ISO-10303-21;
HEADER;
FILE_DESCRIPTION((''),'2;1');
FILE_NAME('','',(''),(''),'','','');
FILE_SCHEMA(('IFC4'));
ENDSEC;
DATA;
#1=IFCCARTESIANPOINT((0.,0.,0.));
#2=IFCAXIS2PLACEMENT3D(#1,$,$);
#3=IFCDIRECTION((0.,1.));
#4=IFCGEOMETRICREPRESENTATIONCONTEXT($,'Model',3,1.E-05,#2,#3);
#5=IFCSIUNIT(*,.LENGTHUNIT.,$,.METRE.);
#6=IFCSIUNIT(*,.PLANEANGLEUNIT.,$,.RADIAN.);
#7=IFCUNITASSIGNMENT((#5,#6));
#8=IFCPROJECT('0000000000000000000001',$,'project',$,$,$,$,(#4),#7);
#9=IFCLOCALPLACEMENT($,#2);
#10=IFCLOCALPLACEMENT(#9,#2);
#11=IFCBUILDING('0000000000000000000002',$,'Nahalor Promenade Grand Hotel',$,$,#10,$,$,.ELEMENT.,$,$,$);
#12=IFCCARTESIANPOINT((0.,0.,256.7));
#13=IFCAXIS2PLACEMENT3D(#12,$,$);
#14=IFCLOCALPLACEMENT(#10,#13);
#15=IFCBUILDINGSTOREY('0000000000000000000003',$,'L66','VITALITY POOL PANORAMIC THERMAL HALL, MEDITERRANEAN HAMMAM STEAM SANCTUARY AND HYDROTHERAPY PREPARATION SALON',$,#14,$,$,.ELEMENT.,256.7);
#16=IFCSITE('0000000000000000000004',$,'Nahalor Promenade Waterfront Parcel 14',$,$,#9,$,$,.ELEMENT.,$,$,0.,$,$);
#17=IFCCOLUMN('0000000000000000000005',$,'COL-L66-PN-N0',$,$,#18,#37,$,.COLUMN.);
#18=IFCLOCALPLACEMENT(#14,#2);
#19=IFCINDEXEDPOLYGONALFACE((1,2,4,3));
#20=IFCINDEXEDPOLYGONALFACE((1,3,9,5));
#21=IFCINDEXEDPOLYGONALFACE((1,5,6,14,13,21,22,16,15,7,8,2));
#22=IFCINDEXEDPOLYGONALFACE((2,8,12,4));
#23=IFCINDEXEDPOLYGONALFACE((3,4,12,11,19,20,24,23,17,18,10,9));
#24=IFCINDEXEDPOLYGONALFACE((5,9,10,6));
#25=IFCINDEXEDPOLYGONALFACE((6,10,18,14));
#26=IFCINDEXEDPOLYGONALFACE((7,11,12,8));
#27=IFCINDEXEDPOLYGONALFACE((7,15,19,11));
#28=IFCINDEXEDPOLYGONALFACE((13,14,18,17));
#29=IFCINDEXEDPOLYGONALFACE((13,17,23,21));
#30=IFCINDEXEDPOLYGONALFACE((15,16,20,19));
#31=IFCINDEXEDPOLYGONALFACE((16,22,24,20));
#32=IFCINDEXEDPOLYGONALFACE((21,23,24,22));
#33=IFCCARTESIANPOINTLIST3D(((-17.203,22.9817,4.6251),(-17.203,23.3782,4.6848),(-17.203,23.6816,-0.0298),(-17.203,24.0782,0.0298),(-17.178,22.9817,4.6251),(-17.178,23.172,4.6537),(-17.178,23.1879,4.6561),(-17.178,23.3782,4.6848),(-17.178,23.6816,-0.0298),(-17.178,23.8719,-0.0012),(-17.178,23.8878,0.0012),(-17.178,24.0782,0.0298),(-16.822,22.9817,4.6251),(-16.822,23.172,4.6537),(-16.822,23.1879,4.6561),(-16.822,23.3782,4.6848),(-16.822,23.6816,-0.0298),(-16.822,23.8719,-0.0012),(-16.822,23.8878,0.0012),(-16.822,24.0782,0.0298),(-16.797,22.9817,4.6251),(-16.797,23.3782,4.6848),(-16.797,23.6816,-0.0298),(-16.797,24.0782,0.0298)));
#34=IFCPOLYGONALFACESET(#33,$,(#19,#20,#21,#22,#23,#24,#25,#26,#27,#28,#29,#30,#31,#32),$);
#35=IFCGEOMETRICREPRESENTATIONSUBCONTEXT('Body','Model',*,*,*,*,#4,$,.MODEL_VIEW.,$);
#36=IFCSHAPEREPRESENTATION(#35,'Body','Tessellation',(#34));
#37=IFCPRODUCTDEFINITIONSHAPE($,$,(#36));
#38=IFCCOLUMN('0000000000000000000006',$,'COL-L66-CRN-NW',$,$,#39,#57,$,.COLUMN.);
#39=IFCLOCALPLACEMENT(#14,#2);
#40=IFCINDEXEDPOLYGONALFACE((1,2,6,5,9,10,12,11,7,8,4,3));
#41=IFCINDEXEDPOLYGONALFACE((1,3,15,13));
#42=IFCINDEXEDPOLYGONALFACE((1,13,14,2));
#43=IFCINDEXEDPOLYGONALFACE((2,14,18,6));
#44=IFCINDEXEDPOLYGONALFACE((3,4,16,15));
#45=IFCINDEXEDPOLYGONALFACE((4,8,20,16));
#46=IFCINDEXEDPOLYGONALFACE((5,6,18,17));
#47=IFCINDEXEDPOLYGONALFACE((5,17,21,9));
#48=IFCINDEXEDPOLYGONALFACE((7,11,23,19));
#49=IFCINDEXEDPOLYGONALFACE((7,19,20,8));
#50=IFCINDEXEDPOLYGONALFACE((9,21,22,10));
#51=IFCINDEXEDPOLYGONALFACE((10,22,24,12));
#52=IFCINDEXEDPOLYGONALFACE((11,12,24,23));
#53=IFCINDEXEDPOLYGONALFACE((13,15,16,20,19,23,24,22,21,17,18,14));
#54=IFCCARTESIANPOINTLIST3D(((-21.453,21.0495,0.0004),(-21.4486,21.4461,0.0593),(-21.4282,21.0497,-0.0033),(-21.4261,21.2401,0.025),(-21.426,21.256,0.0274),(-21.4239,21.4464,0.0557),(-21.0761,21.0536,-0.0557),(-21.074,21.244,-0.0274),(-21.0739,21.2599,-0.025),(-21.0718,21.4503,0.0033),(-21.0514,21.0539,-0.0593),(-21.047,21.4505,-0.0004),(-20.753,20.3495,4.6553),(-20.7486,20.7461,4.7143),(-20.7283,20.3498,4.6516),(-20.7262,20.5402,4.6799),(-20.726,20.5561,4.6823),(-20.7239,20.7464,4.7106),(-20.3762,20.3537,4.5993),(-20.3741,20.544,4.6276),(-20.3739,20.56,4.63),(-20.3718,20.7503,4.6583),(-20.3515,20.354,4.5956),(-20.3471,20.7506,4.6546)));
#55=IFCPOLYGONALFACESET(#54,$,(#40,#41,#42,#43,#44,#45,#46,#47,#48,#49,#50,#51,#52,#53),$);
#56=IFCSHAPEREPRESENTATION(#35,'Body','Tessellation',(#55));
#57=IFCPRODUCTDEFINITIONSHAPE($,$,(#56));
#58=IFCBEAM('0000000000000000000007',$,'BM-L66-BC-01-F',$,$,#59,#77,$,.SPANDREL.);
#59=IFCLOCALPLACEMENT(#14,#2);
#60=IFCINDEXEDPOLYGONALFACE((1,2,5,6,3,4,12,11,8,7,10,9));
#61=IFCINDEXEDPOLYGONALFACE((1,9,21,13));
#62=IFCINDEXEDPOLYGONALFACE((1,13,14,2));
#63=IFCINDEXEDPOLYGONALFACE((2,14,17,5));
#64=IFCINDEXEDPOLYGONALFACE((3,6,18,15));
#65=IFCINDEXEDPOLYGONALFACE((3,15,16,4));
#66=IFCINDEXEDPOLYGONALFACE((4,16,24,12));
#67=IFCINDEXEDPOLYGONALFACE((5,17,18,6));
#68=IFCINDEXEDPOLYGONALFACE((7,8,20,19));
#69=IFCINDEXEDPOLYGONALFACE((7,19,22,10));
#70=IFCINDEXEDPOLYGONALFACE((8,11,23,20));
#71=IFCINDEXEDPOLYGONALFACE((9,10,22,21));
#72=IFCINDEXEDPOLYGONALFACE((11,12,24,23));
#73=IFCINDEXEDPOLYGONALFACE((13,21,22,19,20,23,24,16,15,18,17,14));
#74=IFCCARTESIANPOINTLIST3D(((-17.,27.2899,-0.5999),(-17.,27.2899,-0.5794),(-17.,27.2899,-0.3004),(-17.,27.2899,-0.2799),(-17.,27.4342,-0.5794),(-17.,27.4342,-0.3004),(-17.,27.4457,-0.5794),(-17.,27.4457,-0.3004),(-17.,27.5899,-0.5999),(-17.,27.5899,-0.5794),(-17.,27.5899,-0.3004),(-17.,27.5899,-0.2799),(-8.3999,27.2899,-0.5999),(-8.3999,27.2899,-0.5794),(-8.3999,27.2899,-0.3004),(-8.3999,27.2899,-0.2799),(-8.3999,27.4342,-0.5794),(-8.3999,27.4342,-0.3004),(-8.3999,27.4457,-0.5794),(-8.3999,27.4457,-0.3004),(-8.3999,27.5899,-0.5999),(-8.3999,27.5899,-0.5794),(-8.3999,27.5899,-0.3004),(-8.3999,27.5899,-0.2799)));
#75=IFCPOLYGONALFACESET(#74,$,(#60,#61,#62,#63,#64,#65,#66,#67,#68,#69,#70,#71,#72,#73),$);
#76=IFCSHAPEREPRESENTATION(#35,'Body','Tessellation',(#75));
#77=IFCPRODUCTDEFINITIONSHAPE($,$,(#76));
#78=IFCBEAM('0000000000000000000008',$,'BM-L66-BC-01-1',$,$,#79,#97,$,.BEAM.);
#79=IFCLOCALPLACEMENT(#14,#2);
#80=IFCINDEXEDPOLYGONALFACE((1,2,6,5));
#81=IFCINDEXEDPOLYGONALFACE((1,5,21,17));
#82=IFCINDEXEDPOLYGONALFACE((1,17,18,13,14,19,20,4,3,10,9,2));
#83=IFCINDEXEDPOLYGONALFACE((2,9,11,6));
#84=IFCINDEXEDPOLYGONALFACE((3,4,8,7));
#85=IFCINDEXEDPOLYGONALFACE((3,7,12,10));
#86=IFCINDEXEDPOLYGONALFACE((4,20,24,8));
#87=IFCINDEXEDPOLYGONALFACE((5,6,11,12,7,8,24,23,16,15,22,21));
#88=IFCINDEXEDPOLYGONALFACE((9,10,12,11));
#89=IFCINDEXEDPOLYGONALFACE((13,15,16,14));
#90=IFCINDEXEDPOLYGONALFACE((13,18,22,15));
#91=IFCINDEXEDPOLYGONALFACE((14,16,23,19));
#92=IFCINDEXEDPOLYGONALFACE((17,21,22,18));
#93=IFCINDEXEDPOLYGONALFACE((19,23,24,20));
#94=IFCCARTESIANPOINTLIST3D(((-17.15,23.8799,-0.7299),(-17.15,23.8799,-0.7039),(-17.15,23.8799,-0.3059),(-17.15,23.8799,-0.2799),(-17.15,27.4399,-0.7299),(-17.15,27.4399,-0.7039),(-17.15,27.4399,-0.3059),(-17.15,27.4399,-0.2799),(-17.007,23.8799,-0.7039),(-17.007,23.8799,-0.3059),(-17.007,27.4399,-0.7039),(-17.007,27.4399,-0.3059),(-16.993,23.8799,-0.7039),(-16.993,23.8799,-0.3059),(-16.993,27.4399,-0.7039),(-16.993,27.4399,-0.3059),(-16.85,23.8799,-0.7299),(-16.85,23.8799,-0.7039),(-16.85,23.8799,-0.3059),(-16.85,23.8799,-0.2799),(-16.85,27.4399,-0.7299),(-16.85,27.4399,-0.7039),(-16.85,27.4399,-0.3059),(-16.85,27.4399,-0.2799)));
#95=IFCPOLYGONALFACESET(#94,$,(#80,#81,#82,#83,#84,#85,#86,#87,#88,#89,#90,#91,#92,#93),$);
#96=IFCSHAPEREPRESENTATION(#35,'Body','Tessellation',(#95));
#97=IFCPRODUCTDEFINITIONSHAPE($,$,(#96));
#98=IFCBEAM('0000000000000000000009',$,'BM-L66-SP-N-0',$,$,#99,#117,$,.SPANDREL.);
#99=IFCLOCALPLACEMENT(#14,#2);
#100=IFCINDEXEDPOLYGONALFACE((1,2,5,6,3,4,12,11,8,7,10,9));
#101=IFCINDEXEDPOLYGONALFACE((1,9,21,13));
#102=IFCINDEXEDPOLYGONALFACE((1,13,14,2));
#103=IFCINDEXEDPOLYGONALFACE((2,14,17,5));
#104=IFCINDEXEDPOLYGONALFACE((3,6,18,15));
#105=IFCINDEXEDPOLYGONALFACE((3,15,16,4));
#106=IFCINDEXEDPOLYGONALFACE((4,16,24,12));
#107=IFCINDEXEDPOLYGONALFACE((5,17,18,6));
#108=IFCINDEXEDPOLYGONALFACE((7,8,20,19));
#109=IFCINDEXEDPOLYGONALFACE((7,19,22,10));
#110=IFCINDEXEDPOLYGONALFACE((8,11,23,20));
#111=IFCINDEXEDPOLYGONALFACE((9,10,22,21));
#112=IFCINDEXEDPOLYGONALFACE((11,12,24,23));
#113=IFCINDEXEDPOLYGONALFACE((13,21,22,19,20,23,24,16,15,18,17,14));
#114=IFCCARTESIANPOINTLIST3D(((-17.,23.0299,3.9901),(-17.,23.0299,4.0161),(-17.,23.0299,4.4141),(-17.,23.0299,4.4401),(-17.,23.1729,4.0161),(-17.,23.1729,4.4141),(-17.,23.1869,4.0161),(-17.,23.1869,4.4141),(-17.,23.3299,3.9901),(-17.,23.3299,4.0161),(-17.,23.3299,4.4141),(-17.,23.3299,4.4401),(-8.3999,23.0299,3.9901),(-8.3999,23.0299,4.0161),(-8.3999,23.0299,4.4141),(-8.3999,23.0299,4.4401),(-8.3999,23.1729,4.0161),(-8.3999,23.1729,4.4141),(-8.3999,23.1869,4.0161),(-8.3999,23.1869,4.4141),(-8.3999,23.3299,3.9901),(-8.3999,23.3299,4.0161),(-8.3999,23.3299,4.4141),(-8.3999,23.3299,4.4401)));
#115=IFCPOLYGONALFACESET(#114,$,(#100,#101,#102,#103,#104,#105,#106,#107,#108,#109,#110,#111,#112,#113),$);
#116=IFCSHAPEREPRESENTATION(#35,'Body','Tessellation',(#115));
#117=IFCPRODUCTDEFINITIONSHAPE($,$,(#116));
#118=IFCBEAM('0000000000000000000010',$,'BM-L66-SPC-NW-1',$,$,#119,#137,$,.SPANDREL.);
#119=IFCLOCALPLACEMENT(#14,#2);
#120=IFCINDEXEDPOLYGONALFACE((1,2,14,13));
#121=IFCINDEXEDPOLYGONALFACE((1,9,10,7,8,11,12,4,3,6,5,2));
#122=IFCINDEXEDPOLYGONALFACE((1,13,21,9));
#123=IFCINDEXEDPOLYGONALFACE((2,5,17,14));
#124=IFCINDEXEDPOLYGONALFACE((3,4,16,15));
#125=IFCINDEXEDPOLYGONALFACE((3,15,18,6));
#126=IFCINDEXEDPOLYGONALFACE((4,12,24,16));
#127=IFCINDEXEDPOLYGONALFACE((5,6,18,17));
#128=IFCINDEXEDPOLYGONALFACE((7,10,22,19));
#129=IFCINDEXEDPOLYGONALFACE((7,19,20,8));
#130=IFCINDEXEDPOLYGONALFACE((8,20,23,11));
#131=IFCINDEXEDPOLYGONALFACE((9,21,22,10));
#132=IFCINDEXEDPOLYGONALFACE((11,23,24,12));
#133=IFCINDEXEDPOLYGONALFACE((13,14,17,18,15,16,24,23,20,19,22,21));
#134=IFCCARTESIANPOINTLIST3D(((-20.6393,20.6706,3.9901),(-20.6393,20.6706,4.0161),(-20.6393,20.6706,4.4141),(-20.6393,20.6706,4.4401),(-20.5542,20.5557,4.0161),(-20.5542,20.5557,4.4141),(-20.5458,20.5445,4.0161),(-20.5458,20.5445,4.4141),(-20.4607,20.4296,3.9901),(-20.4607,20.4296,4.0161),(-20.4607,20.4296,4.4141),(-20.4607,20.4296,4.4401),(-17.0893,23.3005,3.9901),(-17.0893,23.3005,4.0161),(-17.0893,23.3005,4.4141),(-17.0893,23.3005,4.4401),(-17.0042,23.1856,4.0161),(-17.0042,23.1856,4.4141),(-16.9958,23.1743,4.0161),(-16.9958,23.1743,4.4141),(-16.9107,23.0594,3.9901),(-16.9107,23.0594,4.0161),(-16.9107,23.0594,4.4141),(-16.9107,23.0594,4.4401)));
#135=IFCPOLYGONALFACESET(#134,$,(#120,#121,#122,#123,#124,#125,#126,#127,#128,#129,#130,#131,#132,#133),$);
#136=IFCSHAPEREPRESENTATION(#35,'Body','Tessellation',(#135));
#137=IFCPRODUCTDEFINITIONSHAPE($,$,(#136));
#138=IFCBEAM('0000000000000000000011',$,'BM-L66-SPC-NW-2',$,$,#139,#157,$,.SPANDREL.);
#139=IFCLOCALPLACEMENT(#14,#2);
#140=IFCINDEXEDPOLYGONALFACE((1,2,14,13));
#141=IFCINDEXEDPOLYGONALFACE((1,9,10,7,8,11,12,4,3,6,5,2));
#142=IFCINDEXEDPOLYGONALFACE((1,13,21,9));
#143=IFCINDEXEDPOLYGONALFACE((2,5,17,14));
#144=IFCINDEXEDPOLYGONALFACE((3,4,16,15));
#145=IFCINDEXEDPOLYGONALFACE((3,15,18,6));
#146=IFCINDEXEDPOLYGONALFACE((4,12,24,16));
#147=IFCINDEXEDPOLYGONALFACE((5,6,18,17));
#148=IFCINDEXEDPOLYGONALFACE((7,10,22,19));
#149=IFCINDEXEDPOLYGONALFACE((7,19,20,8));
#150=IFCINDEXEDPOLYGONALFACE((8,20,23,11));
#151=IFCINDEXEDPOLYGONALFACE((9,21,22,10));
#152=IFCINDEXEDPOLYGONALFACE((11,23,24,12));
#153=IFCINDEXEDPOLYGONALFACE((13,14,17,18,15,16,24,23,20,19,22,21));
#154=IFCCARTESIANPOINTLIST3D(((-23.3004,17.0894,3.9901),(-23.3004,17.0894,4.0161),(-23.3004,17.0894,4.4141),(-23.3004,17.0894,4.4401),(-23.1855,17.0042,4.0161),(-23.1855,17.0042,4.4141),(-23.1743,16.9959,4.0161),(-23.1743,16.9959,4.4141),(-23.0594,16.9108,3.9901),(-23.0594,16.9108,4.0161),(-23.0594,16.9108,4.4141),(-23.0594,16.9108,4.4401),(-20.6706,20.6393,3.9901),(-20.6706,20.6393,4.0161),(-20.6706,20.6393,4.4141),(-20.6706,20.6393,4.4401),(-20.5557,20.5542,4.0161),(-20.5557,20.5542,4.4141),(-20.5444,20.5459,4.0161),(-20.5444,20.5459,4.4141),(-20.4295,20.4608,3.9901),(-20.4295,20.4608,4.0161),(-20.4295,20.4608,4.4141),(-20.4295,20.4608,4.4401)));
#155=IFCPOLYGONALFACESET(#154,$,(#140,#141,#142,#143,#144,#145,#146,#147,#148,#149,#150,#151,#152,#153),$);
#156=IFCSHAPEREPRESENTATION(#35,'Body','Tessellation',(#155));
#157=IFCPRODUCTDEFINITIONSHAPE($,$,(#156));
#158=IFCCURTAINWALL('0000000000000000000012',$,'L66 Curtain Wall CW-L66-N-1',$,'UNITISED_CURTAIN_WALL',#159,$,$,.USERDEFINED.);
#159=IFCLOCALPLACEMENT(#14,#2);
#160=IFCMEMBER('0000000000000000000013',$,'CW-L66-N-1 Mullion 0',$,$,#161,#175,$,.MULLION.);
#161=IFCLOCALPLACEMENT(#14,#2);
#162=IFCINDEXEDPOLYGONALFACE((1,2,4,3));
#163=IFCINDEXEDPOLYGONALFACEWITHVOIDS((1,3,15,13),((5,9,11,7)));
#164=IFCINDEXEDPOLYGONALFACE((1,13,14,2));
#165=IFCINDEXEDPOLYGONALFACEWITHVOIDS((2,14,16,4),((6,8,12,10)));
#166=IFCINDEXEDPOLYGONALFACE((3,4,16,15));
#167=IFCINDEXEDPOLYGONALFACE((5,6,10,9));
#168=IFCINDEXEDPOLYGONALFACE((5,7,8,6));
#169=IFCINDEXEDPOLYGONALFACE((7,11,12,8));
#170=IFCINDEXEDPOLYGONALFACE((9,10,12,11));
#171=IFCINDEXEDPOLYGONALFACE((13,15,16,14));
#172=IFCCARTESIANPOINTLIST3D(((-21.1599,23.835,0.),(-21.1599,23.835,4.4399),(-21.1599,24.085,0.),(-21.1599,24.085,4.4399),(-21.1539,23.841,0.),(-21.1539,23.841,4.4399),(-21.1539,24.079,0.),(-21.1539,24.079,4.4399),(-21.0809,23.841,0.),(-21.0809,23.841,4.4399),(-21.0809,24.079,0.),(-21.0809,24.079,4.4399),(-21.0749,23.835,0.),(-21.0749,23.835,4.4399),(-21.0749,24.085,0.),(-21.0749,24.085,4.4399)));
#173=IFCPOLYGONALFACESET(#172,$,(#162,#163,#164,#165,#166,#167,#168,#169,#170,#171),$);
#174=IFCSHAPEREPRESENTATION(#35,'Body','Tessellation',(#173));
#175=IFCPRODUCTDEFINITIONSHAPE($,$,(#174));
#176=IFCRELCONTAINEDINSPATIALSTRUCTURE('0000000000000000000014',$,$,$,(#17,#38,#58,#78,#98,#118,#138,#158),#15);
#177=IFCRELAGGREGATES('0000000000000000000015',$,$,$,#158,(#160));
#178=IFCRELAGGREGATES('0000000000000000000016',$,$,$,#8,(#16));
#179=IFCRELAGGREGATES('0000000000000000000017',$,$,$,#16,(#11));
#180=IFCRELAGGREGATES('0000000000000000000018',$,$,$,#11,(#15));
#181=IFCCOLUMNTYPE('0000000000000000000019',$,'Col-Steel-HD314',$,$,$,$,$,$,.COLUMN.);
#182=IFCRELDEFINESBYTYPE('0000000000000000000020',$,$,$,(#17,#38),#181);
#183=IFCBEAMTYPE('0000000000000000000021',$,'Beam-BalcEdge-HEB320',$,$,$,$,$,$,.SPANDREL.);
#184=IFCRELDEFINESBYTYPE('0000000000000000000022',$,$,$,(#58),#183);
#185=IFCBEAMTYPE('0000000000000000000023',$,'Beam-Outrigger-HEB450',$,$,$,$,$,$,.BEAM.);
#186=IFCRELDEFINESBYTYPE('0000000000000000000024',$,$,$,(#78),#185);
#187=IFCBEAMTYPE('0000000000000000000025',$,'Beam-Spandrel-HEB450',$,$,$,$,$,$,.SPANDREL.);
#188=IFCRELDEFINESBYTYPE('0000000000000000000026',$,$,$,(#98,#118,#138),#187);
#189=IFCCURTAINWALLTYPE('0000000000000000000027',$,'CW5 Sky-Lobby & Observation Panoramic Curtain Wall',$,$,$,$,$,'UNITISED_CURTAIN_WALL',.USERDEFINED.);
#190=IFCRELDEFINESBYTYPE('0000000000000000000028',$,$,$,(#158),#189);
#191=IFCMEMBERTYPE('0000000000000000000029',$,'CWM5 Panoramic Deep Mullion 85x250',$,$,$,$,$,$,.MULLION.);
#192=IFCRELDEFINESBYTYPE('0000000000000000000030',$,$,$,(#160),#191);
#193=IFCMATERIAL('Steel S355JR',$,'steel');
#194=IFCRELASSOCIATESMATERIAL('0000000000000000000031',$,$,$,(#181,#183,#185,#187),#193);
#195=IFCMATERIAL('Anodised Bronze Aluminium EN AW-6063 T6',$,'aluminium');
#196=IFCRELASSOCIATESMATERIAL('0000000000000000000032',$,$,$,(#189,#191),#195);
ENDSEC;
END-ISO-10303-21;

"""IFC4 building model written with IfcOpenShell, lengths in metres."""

from ifc_helpers import new_model, si_unit, direction, frame, origin, origin_2d, place, context, subcontext, project, spatial, hollow_rectangle, i_section, extrude, source, transform, mapped, material, material_profile, profile_set, type_object, element, aggregate, save


model = new_model("IFC4")

# Units and contexts
model_context = context("Model", 3, precision=1e-05, world=origin(), true_north=direction((0.0, 1.0)))
body_context = subcontext(model_context, "Body", "Model", "MODEL_VIEW")
ifc_project = project(units=[si_unit("LENGTHUNIT", "METRE"), si_unit("PLANEANGLEUNIT", "RADIAN")], contexts=[model_context])

# Site, building, storey
site_placement = place(None, origin())
site = spatial("IfcSite", under=ifc_project, at=site_placement, Name="Nahalor Promenade Waterfront Parcel 14", CompositionType="ELEMENT", RefElevation=0.0)
building_placement = place(site_placement, origin())
building = spatial("IfcBuilding", under=site, at=building_placement, Name="Nahalor Promenade Grand Hotel", CompositionType="ELEMENT")
storey_placement = place(building_placement, frame((0.0, 0.0, 256.7)))
storey = spatial("IfcBuildingStorey", under=building, at=storey_placement, Name="L66", Description="VITALITY POOL PANORAMIC THERMAL HALL, MEDITERRANEAN HAMMAM STEAM SANCTUARY AND HYDROTHERAPY PREPARATION SALON", CompositionType="ELEMENT", Elevation=256.7)

# Columns
ifc_material_1 = material(Name="Steel S355JR", Category="steel")
ifc_material_profile_1 = material_profile(ifc_material_1, i_section(OverallWidth=0.401, OverallDepth=0.406, WebThickness=0.0161, FlangeThickness=0.025, at=origin_2d()), Name="HD 400x314")
ifc_profile_set_1 = profile_set([ifc_material_profile_1], Name="Steel S355JR")
column_type = type_object("IfcColumnType", Name="Col-Steel-HD314", PredefinedType="COLUMN", material=ifc_profile_set_1)
shared_shape_1 = source(origin(), body_context, "Body", "SweptSolid", [
    extrude(i_section(OverallWidth=0.401, OverallDepth=0.406, WebThickness=0.0161, FlangeThickness=0.025, at=origin_2d()), origin(), (0.0, 0.0, 1.0), 4.7073),
])
column_1_placement = place(storey_placement, frame((-17.0, 23.8799, 0.0), z_axis=(0.0, -0.148693, 0.988883), x_axis=(0.0, 0.988883, 0.148693)))
element("IfcColumn", 1, at=column_1_placement, inside=storey, type_object=column_type, Name="COL-L66-PN-N0", PredefinedType="COLUMN", context=body_context, shape_type="MappedRepresentation", body=[
    mapped(shared_shape_1, transform((0.0, 0.0, 0.0), scale=1.0)),
])
shared_shape_2 = source(origin(), body_context, "Body", "SweptSolid", [
    extrude(i_section(OverallWidth=0.401, OverallDepth=0.406, WebThickness=0.0161, FlangeThickness=0.025, at=origin_2d()), origin(), (0.0, 0.0, 1.0), 4.759),
])
column_2_placement = place(storey_placement, frame((-21.25, 21.25, 0.0), z_axis=(0.147076, -0.147076, 0.97813), x_axis=(0.010935, 0.989065, 0.147076)))
element("IfcColumn", 2, at=column_2_placement, inside=storey, type_object=column_type, Name="COL-L66-CRN-NW", PredefinedType="COLUMN", context=body_context, shape_type="MappedRepresentation", body=[
    mapped(shared_shape_2, transform((0.0, 0.0, 0.0), scale=1.0)),
])

# Beams
ifc_material_profile_2 = material_profile(ifc_material_1, i_section(OverallWidth=0.3, OverallDepth=0.32, WebThickness=0.0115, FlangeThickness=0.0205, at=origin_2d()), Name="HEB 320")
ifc_profile_set_2 = profile_set([ifc_material_profile_2], Name="Steel S355JR")
beam_type_1 = type_object("IfcBeamType", Name="Beam-BalcEdge-HEB320", PredefinedType="SPANDREL", material=ifc_profile_set_2)
shared_shape_3 = source(origin(), body_context, "Body", "SweptSolid", [
    extrude(i_section(OverallWidth=0.3, OverallDepth=0.32, WebThickness=0.0115, FlangeThickness=0.0205, at=origin_2d()), origin(), (0.0, 0.0, 1.0), 8.6001),
])
beam_1_placement = place(storey_placement, frame((-17.0, 27.4399, -0.4399), z_axis=(1.0, 0.0, 0.0), x_axis=(0.0, 1.0, 0.0)))
element("IfcBeam", 3, at=beam_1_placement, inside=storey, type_object=beam_type_1, Name="BM-L66-BC-01-F", PredefinedType="SPANDREL", context=body_context, shape_type="MappedRepresentation", body=[
    mapped(shared_shape_3, transform((0.0, 0.0, 0.0), scale=1.0)),
])
ifc_material_profile_3 = material_profile(ifc_material_1, i_section(OverallWidth=0.3, OverallDepth=0.45, WebThickness=0.014, FlangeThickness=0.026, at=origin_2d()), Name="HEB 450")
ifc_profile_set_3 = profile_set([ifc_material_profile_3], Name="Steel S355JR")
beam_type_2 = type_object("IfcBeamType", Name="Beam-Outrigger-HEB450", PredefinedType="BEAM", material=ifc_profile_set_3)
shared_shape_4 = source(origin(), body_context, "Body", "SweptSolid", [
    extrude(i_section(OverallWidth=0.3, OverallDepth=0.45, WebThickness=0.014, FlangeThickness=0.026, at=origin_2d()), origin(), (0.0, 0.0, 1.0), 3.5601),
])
beam_2_placement = place(storey_placement, frame((-17.0, 23.8799, -0.5049), z_axis=(0.0, 1.0, 0.0), x_axis=(-1.0, 0.0, 0.0)))
element("IfcBeam", 4, at=beam_2_placement, inside=storey, type_object=beam_type_2, Name="BM-L66-BC-01-1", PredefinedType="BEAM", context=body_context, shape_type="MappedRepresentation", body=[
    mapped(shared_shape_4, transform((0.0, 0.0, 0.0), scale=1.0)),
])
ifc_material_profile_4 = material_profile(ifc_material_1, i_section(OverallWidth=0.3, OverallDepth=0.45, WebThickness=0.014, FlangeThickness=0.026, at=origin_2d()), Name="HEB 450")
ifc_profile_set_4 = profile_set([ifc_material_profile_4], Name="Steel S355JR")
beam_type_3 = type_object("IfcBeamType", Name="Beam-Spandrel-HEB450", PredefinedType="SPANDREL", material=ifc_profile_set_4)
shared_shape_5 = source(origin(), body_context, "Body", "SweptSolid", [
    extrude(i_section(OverallWidth=0.3, OverallDepth=0.45, WebThickness=0.014, FlangeThickness=0.026, at=origin_2d()), origin(), (0.0, 0.0, 1.0), 8.6001),
])
beam_3_placement = place(storey_placement, frame((-17.0, 23.1799, 4.2151), z_axis=(1.0, 0.0, 0.0), x_axis=(0.0, 1.0, 0.0)))
element("IfcBeam", 5, at=beam_3_placement, inside=storey, type_object=beam_type_3, Name="BM-L66-SP-N-0", PredefinedType="SPANDREL", context=body_context, shape_type="MappedRepresentation", body=[
    mapped(shared_shape_5, transform((0.0, 0.0, 0.0), scale=1.0)),
])
shared_shape_6 = source(origin(), body_context, "Body", "SweptSolid", [
    extrude(i_section(OverallWidth=0.3, OverallDepth=0.45, WebThickness=0.014, FlangeThickness=0.026, at=origin_2d()), origin(), (0.0, 0.0, 1.0), 4.418),
])
for number, where, z_axis, x_axis, name in (
    (6, (-17.0, 23.1799, 4.2151), (-0.803534, -0.595259, 0.0), (0.595259, -0.803534, 0.0), "BM-L66-SPC-NW-1"),
    (7, (-20.55, 20.55, 4.2151), (-0.595259, -0.803534, 0.0), (0.803534, -0.595259, 0.0), "BM-L66-SPC-NW-2"),
):
    element("IfcBeam", number, at=place(storey_placement, frame(where, z_axis=z_axis, x_axis=x_axis)), inside=storey, type_object=beam_type_3, Name=name, PredefinedType="SPANDREL", context=body_context, shape_type="MappedRepresentation", body=[
        mapped(shared_shape_6, transform((0.0, 0.0, 0.0), scale=1.0)),
    ])

# Curtain wall, member
ifc_material_2 = material(Name="Anodised Bronze Aluminium EN AW-6063 T6", Category="aluminium")
curtain_wall_type = type_object("IfcCurtainWallType", Name="CW5 Sky-Lobby & Observation Panoramic Curtain Wall", ElementType="UNITISED_CURTAIN_WALL", PredefinedType="USERDEFINED", material=ifc_material_2)
curtain_wall_1_placement = place(storey_placement, origin())
curtain_wall_1 = element("IfcCurtainWall", 8, at=curtain_wall_1_placement, inside=storey, type_object=curtain_wall_type, Name="L66 Curtain Wall CW-L66-N-1", ObjectType="UNITISED_CURTAIN_WALL", PredefinedType="USERDEFINED")
ifc_material_profile_5 = material_profile(ifc_material_2, hollow_rectangle(XDim=0.085, YDim=0.25, WallThickness=0.006, at=origin_2d()), Name="CWM 85x250x6")
ifc_profile_set_5 = profile_set([ifc_material_profile_5], Name="Anodised Bronze Aluminium EN AW-6063 T6")
member_type_1 = type_object("IfcMemberType", Name="CWM5 Panoramic Deep Mullion 85x250", PredefinedType="MULLION", material=ifc_profile_set_5)
shared_shape_7 = source(origin(), body_context, "Body", "SweptSolid", [
    extrude(hollow_rectangle(XDim=0.085, YDim=0.25, WallThickness=0.006, at=origin_2d()), origin(), (0.0, 0.0, 1.0), 4.4399),
])
member_1_placement = place(storey_placement, frame((-21.1174, 23.96, 0.0), z_axis=(0.0, 0.0, 1.0), x_axis=(1.0, 0.0, 0.0)))
member_1 = element("IfcMember", 9, at=member_1_placement, type_object=member_type_1, Name="CW-L66-N-1 Mullion 0", PredefinedType="MULLION", context=body_context, shape_type="MappedRepresentation", body=[
    mapped(shared_shape_7, transform((0.0, 0.0, 0.0), scale=1.0)),
])

aggregate(curtain_wall_1, [member_1])

save(model, "model.ifc")
